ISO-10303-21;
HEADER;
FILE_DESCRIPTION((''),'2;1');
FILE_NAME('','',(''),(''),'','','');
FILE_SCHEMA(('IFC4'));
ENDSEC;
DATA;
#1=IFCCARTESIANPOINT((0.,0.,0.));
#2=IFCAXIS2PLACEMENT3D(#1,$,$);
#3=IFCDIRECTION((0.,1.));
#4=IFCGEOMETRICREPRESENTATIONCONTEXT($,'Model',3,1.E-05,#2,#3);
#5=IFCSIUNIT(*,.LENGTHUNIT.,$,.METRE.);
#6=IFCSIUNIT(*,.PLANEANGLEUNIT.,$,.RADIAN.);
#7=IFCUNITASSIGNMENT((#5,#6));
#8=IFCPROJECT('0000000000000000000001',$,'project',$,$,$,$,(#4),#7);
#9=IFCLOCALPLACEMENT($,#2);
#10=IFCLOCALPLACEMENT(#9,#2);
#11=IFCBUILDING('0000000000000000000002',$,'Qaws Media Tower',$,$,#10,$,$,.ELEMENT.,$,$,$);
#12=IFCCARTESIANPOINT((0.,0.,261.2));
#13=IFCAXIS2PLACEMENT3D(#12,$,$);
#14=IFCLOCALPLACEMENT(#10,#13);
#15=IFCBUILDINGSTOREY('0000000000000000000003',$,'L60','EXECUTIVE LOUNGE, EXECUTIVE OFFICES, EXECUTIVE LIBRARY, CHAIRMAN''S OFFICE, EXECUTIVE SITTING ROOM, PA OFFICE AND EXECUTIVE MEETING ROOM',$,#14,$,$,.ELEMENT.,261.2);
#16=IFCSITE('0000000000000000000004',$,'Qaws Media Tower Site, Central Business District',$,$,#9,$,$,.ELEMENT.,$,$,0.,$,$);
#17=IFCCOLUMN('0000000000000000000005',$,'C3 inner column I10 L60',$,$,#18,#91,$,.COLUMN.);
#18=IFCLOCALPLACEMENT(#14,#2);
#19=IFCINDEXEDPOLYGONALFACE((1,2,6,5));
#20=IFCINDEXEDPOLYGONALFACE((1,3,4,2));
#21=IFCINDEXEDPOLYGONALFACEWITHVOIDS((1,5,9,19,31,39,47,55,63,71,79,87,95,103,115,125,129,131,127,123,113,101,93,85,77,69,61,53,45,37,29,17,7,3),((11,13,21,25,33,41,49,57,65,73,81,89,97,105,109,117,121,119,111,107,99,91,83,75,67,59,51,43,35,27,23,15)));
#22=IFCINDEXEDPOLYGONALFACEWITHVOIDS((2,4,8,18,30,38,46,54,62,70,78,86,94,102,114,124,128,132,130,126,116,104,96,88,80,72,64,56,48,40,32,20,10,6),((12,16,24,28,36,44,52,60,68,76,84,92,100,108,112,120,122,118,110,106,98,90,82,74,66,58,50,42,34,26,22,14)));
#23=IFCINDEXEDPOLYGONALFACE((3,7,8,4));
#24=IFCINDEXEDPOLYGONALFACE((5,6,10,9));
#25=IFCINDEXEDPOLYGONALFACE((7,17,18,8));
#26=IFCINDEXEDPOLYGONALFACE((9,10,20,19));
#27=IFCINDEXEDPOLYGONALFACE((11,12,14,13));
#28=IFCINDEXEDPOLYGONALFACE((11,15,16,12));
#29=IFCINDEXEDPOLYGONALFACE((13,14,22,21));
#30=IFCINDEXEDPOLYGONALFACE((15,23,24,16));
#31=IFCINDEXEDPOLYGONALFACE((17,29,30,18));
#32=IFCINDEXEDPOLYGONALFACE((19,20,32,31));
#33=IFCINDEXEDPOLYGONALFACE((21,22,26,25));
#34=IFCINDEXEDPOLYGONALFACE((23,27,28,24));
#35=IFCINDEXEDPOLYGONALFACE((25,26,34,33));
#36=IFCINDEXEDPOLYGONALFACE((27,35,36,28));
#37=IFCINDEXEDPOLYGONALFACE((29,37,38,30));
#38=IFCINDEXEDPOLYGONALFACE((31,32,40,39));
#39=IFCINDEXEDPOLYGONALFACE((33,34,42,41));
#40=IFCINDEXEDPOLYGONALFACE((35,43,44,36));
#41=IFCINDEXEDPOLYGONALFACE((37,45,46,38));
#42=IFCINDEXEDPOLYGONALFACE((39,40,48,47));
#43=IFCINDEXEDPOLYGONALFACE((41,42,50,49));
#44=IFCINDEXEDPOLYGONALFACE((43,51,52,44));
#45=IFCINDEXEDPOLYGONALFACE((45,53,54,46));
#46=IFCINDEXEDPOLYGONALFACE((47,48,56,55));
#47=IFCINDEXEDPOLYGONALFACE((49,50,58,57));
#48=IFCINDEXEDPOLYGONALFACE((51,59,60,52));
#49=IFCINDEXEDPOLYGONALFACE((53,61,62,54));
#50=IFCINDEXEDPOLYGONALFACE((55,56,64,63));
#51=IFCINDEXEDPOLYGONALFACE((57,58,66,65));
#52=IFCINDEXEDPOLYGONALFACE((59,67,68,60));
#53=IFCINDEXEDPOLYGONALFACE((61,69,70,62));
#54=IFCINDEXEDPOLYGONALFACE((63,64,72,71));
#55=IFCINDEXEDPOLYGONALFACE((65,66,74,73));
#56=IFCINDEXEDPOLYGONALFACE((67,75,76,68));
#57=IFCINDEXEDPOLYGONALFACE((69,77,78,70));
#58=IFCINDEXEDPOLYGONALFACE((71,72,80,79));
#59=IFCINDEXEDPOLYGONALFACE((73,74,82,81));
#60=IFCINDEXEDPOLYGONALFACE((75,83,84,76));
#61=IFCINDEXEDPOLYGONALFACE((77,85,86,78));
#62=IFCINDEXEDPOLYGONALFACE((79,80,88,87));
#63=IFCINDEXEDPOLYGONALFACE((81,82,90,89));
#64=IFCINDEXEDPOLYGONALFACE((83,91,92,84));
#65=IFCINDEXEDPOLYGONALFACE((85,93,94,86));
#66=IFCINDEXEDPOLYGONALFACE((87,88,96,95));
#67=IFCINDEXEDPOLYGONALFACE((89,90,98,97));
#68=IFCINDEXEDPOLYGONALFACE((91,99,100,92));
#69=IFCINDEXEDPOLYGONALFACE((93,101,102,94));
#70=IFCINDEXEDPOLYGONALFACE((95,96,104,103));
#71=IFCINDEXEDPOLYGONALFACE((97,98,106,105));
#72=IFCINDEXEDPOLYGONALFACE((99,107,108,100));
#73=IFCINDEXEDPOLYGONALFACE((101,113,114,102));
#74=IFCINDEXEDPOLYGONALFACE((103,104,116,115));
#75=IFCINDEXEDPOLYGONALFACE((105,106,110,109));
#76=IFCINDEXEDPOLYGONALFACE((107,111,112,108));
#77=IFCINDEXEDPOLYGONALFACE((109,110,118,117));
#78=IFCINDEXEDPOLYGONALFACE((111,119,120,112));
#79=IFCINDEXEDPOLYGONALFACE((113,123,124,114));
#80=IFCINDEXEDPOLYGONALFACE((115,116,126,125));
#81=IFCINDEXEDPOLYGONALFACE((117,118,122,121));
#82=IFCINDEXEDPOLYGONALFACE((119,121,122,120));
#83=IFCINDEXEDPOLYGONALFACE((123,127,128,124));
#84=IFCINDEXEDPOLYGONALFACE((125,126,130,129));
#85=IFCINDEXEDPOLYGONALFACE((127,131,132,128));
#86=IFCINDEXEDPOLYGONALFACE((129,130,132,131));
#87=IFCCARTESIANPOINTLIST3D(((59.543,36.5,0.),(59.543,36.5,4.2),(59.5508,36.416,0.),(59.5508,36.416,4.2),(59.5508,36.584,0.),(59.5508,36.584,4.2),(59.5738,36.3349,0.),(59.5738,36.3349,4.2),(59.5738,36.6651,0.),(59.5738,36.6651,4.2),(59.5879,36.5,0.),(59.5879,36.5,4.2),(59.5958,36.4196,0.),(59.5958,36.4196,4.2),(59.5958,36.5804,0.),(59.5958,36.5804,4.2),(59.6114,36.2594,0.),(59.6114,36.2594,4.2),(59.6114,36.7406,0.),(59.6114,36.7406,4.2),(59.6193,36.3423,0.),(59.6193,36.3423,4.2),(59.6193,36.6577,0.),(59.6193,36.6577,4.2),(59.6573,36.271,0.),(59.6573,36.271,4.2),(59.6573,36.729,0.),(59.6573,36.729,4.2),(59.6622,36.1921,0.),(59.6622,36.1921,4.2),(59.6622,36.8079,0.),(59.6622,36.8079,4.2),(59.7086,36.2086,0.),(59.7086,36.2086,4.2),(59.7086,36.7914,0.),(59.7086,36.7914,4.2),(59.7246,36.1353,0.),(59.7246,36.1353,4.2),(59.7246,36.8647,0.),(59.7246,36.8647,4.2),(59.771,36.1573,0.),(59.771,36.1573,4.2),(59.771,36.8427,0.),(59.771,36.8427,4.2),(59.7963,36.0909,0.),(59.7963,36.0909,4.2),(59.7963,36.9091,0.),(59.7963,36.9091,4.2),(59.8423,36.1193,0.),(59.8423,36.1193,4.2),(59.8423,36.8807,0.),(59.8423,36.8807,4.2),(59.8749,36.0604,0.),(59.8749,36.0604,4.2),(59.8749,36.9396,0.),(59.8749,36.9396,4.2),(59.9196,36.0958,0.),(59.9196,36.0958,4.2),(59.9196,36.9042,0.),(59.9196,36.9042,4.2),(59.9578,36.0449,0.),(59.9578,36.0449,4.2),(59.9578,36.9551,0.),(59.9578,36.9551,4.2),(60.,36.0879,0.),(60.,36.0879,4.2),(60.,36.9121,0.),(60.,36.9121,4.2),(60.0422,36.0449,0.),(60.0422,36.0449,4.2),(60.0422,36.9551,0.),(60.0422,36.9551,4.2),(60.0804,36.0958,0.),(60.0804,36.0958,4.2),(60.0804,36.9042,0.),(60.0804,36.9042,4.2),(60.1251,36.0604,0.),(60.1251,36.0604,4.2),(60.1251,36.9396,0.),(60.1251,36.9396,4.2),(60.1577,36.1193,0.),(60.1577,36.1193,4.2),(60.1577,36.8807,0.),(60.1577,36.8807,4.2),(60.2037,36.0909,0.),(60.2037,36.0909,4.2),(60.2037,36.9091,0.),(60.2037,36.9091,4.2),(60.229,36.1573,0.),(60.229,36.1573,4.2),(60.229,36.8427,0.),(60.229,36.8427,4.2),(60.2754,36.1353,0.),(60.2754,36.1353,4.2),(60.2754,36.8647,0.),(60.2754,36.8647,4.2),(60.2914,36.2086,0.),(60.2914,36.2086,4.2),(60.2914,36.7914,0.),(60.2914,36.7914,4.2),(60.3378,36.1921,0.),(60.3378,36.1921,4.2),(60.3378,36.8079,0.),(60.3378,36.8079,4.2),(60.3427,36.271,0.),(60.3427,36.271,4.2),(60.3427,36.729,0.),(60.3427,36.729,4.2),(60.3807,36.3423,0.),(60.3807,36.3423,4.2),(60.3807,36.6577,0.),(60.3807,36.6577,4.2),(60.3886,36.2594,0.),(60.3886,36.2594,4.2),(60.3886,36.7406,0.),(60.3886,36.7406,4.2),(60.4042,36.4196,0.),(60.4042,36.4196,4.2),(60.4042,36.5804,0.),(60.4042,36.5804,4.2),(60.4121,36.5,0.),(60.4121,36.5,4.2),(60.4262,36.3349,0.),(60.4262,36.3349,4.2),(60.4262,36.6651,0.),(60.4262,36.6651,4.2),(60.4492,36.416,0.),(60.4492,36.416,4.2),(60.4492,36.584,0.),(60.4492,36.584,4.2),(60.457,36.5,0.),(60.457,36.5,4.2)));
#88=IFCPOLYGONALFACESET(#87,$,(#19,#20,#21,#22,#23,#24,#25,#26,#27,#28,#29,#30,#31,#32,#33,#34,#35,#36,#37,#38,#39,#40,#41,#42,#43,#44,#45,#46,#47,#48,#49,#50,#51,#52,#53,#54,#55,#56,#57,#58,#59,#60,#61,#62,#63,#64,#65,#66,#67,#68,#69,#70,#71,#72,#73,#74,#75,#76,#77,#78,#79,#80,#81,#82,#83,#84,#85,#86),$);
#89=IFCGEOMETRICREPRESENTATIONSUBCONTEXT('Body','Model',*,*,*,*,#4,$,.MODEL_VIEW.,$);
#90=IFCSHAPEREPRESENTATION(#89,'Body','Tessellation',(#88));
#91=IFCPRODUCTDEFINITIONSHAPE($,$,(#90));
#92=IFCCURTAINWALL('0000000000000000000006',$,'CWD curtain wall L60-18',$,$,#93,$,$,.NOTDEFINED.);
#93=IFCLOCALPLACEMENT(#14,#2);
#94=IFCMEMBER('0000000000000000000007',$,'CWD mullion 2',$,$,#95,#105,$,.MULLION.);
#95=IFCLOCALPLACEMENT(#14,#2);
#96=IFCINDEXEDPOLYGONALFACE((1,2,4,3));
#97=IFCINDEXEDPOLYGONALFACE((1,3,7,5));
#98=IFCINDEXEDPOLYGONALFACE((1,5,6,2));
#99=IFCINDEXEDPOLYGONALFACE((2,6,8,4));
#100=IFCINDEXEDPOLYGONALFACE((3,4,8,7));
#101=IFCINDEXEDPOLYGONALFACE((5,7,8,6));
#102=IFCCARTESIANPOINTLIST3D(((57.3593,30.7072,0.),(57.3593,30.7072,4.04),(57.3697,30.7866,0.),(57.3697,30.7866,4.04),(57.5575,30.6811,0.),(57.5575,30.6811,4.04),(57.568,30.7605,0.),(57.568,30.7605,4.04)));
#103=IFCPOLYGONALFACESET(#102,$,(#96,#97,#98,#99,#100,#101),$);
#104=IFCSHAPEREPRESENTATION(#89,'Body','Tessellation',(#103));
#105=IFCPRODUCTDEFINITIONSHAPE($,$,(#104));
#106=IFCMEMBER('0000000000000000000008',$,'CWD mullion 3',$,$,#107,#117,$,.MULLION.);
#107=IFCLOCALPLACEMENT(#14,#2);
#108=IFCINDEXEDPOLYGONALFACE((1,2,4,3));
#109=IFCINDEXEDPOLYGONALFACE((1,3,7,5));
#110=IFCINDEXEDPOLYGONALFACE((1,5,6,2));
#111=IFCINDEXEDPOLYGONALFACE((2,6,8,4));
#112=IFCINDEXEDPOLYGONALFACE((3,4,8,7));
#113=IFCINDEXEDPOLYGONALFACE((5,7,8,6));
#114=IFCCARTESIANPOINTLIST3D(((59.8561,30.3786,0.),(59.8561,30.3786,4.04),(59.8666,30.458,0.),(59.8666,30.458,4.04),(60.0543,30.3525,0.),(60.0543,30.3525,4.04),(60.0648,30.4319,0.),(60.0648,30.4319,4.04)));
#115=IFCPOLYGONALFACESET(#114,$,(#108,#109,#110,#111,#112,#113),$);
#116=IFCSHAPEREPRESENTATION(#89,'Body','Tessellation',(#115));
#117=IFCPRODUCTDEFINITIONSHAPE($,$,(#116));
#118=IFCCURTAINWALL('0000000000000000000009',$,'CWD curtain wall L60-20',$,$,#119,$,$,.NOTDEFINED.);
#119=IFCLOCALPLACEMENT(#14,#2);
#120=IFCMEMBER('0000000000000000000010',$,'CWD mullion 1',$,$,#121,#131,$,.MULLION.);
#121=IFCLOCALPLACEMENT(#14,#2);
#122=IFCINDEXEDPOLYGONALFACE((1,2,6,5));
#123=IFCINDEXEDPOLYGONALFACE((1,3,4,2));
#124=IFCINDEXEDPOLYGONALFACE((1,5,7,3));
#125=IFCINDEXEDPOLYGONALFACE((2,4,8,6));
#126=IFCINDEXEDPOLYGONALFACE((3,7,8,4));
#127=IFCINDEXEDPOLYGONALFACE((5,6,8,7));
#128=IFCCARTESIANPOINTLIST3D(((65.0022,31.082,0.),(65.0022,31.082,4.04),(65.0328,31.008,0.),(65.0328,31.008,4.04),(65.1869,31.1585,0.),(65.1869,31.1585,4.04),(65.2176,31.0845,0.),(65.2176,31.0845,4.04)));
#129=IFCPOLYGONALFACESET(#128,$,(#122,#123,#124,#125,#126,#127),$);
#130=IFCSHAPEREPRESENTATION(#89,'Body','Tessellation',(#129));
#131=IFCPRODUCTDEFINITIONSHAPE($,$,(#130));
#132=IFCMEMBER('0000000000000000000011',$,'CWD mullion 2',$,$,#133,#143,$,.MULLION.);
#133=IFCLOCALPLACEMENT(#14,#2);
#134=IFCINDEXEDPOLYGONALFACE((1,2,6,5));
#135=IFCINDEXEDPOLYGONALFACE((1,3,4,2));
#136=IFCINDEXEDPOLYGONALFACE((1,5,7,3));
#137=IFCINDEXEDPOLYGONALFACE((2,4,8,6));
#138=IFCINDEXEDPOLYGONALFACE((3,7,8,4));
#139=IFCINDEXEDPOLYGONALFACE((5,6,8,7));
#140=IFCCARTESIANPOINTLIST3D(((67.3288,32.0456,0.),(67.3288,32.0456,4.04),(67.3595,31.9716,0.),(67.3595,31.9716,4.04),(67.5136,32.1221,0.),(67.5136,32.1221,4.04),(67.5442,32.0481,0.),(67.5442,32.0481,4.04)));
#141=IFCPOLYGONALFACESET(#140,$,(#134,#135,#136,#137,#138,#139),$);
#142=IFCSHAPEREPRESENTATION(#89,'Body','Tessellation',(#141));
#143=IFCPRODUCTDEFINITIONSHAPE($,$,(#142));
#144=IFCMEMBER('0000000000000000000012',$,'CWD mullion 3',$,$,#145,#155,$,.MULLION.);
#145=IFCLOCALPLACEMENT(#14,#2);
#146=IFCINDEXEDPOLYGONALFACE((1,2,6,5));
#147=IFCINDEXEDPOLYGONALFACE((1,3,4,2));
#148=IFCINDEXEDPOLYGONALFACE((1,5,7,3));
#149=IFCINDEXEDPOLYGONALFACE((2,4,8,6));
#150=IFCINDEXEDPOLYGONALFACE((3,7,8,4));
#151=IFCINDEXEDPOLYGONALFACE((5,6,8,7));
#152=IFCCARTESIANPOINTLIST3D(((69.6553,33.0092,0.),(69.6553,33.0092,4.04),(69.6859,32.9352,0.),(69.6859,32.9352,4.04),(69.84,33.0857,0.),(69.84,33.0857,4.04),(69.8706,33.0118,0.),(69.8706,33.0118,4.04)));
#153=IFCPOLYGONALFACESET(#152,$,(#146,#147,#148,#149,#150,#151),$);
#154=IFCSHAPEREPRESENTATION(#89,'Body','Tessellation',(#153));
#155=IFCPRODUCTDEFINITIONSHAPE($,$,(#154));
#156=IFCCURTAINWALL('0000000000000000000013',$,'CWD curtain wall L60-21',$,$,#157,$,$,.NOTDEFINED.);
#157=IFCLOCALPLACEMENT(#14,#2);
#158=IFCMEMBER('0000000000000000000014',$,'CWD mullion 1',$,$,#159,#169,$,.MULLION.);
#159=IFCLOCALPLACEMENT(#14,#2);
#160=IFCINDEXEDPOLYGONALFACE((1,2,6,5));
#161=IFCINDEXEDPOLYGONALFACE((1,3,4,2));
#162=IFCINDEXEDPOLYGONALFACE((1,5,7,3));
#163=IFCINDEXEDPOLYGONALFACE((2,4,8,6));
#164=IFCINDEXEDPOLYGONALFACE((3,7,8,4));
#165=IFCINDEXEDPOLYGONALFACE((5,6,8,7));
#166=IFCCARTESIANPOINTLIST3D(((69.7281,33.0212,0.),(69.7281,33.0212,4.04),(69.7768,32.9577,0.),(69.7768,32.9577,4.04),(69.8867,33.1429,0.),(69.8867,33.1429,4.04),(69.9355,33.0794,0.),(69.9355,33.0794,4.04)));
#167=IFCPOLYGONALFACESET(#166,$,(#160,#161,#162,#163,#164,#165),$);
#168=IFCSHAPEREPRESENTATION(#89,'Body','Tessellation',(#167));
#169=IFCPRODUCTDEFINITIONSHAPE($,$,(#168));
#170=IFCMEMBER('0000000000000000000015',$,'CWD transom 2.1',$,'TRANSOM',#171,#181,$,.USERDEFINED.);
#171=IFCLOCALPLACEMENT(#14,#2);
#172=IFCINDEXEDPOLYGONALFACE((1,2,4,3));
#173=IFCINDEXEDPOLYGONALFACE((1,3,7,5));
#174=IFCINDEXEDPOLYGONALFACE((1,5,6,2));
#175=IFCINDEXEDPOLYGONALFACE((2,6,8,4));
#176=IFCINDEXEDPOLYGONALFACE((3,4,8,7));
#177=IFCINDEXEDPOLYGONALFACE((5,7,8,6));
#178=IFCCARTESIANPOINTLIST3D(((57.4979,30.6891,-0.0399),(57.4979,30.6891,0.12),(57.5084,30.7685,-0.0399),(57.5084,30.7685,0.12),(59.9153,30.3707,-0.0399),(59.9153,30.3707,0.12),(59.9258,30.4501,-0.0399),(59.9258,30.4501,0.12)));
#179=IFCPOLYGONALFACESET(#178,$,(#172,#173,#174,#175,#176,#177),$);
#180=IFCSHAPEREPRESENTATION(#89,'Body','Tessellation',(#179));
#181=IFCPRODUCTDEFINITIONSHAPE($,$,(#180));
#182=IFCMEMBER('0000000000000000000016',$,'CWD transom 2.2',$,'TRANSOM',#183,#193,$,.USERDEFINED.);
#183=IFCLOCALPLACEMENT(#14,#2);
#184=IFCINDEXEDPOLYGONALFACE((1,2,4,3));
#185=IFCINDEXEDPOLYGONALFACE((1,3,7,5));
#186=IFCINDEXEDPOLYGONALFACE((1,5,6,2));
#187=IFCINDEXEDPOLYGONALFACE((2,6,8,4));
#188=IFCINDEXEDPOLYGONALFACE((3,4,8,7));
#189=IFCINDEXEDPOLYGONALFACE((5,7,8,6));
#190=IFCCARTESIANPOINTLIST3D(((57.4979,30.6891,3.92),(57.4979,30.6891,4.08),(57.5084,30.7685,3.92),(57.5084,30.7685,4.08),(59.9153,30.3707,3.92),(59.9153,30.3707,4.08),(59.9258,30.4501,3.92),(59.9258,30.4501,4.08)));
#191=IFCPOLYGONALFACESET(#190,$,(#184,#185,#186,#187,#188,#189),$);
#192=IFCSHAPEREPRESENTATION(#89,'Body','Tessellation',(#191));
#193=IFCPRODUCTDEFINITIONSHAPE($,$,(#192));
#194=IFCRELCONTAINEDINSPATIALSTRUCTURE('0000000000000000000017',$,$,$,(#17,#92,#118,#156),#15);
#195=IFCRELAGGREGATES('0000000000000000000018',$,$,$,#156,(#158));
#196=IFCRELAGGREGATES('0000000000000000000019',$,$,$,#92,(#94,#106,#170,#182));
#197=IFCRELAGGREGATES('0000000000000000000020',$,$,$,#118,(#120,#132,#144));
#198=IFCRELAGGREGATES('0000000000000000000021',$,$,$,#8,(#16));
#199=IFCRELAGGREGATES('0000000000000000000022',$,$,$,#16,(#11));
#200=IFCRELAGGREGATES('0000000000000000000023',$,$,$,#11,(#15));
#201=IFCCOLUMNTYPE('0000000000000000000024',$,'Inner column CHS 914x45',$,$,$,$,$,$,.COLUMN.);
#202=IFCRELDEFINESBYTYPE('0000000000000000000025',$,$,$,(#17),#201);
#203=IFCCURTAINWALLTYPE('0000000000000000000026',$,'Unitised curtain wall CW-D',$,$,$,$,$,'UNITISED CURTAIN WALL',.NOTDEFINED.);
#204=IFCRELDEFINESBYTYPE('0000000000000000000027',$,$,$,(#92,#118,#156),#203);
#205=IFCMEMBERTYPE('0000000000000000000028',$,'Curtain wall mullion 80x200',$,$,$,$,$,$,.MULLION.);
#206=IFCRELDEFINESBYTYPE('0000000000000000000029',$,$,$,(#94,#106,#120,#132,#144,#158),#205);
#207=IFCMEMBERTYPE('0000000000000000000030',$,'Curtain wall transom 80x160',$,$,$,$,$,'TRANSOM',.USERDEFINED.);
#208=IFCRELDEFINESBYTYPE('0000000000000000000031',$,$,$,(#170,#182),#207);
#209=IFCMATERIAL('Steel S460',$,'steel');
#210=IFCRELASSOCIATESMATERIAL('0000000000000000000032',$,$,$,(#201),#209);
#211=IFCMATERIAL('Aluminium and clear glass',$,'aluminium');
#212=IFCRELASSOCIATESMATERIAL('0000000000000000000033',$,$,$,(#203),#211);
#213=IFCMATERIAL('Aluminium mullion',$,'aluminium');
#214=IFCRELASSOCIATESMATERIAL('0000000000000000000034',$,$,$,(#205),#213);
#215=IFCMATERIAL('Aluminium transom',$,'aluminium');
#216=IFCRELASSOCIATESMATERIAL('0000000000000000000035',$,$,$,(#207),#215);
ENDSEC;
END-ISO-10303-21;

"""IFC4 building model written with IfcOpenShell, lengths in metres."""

from ifc_helpers import new_model, si_unit, direction, frame, origin, origin_2d, place, context, subcontext, project, spatial, rectangle, hollow_circle, extrude, material, material_profile, profile_set, type_object, element, aggregate, save


model = new_model("IFC4")

# Units and contexts
model_context = context("Model", 3, precision=1e-05, world=origin(), true_north=direction((0.0, 1.0)))
body_context = subcontext(model_context, "Body", "Model", "MODEL_VIEW")
ifc_project = project(units=[si_unit("LENGTHUNIT", "METRE"), si_unit("PLANEANGLEUNIT", "RADIAN")], contexts=[model_context])

# Site, building, storey
site_placement = place(None, origin())
site = spatial("IfcSite", under=ifc_project, at=site_placement, Name="Qaws Media Tower Site, Central Business District", CompositionType="ELEMENT", RefElevation=0.0)
building_placement = place(site_placement, origin())
building = spatial("IfcBuilding", under=site, at=building_placement, Name="Qaws Media Tower", CompositionType="ELEMENT")
storey_placement = place(building_placement, frame((0.0, 0.0, 261.2)))
storey = spatial("IfcBuildingStorey", under=building, at=storey_placement, Name="L60", Description="EXECUTIVE LOUNGE, EXECUTIVE OFFICES, EXECUTIVE LIBRARY, CHAIRMAN'S OFFICE, EXECUTIVE SITTING ROOM, PA OFFICE AND EXECUTIVE MEETING ROOM", CompositionType="ELEMENT", Elevation=261.2)

# Column
ifc_material_1 = material(Name="Steel S460", Category="steel")
ifc_material_profile_1 = material_profile(ifc_material_1, hollow_circle(Radius=0.457, WallThickness=0.0449, at=origin_2d()), Name="CHS 914x45")
ifc_profile_set_1 = profile_set([ifc_material_profile_1], Name="Steel S460")
column_type = type_object("IfcColumnType", Name="Inner column CHS 914x45", PredefinedType="COLUMN", material=ifc_profile_set_1)
column_placement = place(storey_placement, frame((60.0, 36.5, 0.0), z_axis=(0.0, 0.0, 1.0), x_axis=(1.0, 0.0, 0.0)))
element("IfcColumn", 1, at=column_placement, inside=storey, type_object=column_type, Name="C3 inner column I10 L60", PredefinedType="COLUMN", context=body_context, shape_type="SweptSolid", body=[
    extrude(hollow_circle(Radius=0.457, WallThickness=0.0449, at=origin_2d()), origin(), (0.0, 0.0, 1.0), 4.2),
])

# Curtain walls, members
ifc_material_2 = material(Name="Aluminium and clear glass", Category="aluminium")
curtain_wall_type = type_object("IfcCurtainWallType", Name="Unitised curtain wall CW-D", ElementType="UNITISED CURTAIN WALL", PredefinedType="NOTDEFINED", material=ifc_material_2)
curtain_wall_1_placement = place(storey_placement, origin())
curtain_wall_1 = element("IfcCurtainWall", 2, at=curtain_wall_1_placement, inside=storey, type_object=curtain_wall_type, Name="CWD curtain wall L60-18", PredefinedType="NOTDEFINED")
ifc_material_3 = material(Name="Aluminium mullion", Category="aluminium")
ifc_material_profile_2 = material_profile(ifc_material_3, rectangle(XDim=0.0801, YDim=0.2, at=origin_2d()), Name="80x200")
ifc_profile_set_2 = profile_set([ifc_material_profile_2], Name="Aluminium mullion")
member_type_1 = type_object("IfcMemberType", Name="Curtain wall mullion 80x200", PredefinedType="MULLION", material=ifc_profile_set_2)
member_1_placement = place(storey_placement, frame((57.4636, 30.7339, 0.0), z_axis=(0.0, 0.0, 1.0), x_axis=(0.130526, 0.991445, 0.0)))
member_1 = element("IfcMember", 3, at=member_1_placement, type_object=member_type_1, Name="CWD mullion 2", PredefinedType="MULLION", context=body_context, shape_type="SweptSolid", body=[
    extrude(rectangle(XDim=0.0801, YDim=0.2, at=origin_2d()), origin(), (0.0, 0.0, 1.0), 4.04),
])
member_2_placement = place(storey_placement, frame((59.9604, 30.4053, 0.0), z_axis=(0.0, 0.0, 1.0), x_axis=(0.130526, 0.991445, 0.0)))
member_2 = element("IfcMember", 4, at=member_2_placement, type_object=member_type_1, Name="CWD mullion 3", PredefinedType="MULLION", context=body_context, shape_type="SweptSolid", body=[
    extrude(rectangle(XDim=0.0801, YDim=0.2, at=origin_2d()), origin(), (0.0, 0.0, 1.0), 4.04),
])
curtain_wall_2_placement = place(storey_placement, origin())
curtain_wall_2 = element("IfcCurtainWall", 5, at=curtain_wall_2_placement, inside=storey, type_object=curtain_wall_type, Name="CWD curtain wall L60-20", PredefinedType="NOTDEFINED")
member_3_placement = place(storey_placement, frame((65.1099, 31.0833, 0.0), z_axis=(0.0, 0.0, 1.0), x_axis=(-0.382683, 0.92388, 0.0)))
member_3 = element("IfcMember", 6, at=member_3_placement, type_object=member_type_1, Name="CWD mullion 1", PredefinedType="MULLION", context=body_context, shape_type="SweptSolid", body=[
    extrude(rectangle(XDim=0.0801, YDim=0.2, at=origin_2d()), origin(), (0.0, 0.0, 1.0), 4.04),
])
member_4_placement = place(storey_placement, frame((67.4365, 32.0469, 0.0), z_axis=(0.0, 0.0, 1.0), x_axis=(-0.382683, 0.92388, 0.0)))
member_4 = element("IfcMember", 7, at=member_4_placement, type_object=member_type_1, Name="CWD mullion 2", PredefinedType="MULLION", context=body_context, shape_type="SweptSolid", body=[
    extrude(rectangle(XDim=0.0801, YDim=0.2, at=origin_2d()), origin(), (0.0, 0.0, 1.0), 4.04),
])
member_5_placement = place(storey_placement, frame((69.7629, 33.0105, 0.0), z_axis=(0.0, 0.0, 1.0), x_axis=(-0.382683, 0.92388, 0.0)))
member_5 = element("IfcMember", 8, at=member_5_placement, type_object=member_type_1, Name="CWD mullion 3", PredefinedType="MULLION", context=body_context, shape_type="SweptSolid", body=[
    extrude(rectangle(XDim=0.0801, YDim=0.2, at=origin_2d()), origin(), (0.0, 0.0, 1.0), 4.04),
])

# Curtain wall, member
curtain_wall_3_placement = place(storey_placement, origin())
curtain_wall_3 = element("IfcCurtainWall", 9, at=curtain_wall_3_placement, inside=storey, type_object=curtain_wall_type, Name="CWD curtain wall L60-21", PredefinedType="NOTDEFINED")
member_6_placement = place(storey_placement, frame((69.8318, 33.0503, 0.0), z_axis=(0.0, 0.0, 1.0), x_axis=(-0.608761, 0.793353, 0.0)))
member_6 = element("IfcMember", 10, at=member_6_placement, type_object=member_type_1, Name="CWD mullion 1", PredefinedType="MULLION", context=body_context, shape_type="SweptSolid", body=[
    extrude(rectangle(XDim=0.0801, YDim=0.2, at=origin_2d()), origin(), (0.0, 0.0, 1.0), 4.04),
])

# Members
ifc_material_4 = material(Name="Aluminium transom", Category="aluminium")
ifc_material_profile_3 = material_profile(ifc_material_4, rectangle(XDim=0.0801, YDim=0.1599, at=origin_2d()), Name="80x160")
ifc_profile_set_3 = profile_set([ifc_material_profile_3], Name="Aluminium transom")
member_type_2 = type_object("IfcMemberType", Name="Curtain wall transom 80x160", ElementType="TRANSOM", PredefinedType="USERDEFINED", material=ifc_profile_set_3)
member_7_placement = place(storey_placement, frame((57.5032, 30.7288, 0.04), z_axis=(0.99144, -0.130563, 0.0), x_axis=(0.130563, 0.99144, 0.0)))
member_7 = element("IfcMember", 11, at=member_7_placement, type_object=member_type_2, Name="CWD transom 2.1", ObjectType="TRANSOM", PredefinedType="USERDEFINED", context=body_context, shape_type="SweptSolid", body=[
    extrude(rectangle(XDim=0.0801, YDim=0.1599, at=origin_2d()), origin(), (0.0, 0.0, 1.0), 2.4382),
])
member_8_placement = place(storey_placement, frame((57.5032, 30.7288, 4.0), z_axis=(0.99144, -0.130563, 0.0), x_axis=(0.130563, 0.99144, 0.0)))
member_8 = element("IfcMember", 12, at=member_8_placement, type_object=member_type_2, Name="CWD transom 2.2", ObjectType="TRANSOM", PredefinedType="USERDEFINED", context=body_context, shape_type="SweptSolid", body=[
    extrude(rectangle(XDim=0.0801, YDim=0.1599, at=origin_2d()), origin(), (0.0, 0.0, 1.0), 2.4382),
])
aggregate(curtain_wall_3, [member_6])

aggregate(curtain_wall_1, [member_1, member_2, member_7, member_8])
aggregate(curtain_wall_2, [member_3, member_4, member_5])

save(model, "model.ifc")
